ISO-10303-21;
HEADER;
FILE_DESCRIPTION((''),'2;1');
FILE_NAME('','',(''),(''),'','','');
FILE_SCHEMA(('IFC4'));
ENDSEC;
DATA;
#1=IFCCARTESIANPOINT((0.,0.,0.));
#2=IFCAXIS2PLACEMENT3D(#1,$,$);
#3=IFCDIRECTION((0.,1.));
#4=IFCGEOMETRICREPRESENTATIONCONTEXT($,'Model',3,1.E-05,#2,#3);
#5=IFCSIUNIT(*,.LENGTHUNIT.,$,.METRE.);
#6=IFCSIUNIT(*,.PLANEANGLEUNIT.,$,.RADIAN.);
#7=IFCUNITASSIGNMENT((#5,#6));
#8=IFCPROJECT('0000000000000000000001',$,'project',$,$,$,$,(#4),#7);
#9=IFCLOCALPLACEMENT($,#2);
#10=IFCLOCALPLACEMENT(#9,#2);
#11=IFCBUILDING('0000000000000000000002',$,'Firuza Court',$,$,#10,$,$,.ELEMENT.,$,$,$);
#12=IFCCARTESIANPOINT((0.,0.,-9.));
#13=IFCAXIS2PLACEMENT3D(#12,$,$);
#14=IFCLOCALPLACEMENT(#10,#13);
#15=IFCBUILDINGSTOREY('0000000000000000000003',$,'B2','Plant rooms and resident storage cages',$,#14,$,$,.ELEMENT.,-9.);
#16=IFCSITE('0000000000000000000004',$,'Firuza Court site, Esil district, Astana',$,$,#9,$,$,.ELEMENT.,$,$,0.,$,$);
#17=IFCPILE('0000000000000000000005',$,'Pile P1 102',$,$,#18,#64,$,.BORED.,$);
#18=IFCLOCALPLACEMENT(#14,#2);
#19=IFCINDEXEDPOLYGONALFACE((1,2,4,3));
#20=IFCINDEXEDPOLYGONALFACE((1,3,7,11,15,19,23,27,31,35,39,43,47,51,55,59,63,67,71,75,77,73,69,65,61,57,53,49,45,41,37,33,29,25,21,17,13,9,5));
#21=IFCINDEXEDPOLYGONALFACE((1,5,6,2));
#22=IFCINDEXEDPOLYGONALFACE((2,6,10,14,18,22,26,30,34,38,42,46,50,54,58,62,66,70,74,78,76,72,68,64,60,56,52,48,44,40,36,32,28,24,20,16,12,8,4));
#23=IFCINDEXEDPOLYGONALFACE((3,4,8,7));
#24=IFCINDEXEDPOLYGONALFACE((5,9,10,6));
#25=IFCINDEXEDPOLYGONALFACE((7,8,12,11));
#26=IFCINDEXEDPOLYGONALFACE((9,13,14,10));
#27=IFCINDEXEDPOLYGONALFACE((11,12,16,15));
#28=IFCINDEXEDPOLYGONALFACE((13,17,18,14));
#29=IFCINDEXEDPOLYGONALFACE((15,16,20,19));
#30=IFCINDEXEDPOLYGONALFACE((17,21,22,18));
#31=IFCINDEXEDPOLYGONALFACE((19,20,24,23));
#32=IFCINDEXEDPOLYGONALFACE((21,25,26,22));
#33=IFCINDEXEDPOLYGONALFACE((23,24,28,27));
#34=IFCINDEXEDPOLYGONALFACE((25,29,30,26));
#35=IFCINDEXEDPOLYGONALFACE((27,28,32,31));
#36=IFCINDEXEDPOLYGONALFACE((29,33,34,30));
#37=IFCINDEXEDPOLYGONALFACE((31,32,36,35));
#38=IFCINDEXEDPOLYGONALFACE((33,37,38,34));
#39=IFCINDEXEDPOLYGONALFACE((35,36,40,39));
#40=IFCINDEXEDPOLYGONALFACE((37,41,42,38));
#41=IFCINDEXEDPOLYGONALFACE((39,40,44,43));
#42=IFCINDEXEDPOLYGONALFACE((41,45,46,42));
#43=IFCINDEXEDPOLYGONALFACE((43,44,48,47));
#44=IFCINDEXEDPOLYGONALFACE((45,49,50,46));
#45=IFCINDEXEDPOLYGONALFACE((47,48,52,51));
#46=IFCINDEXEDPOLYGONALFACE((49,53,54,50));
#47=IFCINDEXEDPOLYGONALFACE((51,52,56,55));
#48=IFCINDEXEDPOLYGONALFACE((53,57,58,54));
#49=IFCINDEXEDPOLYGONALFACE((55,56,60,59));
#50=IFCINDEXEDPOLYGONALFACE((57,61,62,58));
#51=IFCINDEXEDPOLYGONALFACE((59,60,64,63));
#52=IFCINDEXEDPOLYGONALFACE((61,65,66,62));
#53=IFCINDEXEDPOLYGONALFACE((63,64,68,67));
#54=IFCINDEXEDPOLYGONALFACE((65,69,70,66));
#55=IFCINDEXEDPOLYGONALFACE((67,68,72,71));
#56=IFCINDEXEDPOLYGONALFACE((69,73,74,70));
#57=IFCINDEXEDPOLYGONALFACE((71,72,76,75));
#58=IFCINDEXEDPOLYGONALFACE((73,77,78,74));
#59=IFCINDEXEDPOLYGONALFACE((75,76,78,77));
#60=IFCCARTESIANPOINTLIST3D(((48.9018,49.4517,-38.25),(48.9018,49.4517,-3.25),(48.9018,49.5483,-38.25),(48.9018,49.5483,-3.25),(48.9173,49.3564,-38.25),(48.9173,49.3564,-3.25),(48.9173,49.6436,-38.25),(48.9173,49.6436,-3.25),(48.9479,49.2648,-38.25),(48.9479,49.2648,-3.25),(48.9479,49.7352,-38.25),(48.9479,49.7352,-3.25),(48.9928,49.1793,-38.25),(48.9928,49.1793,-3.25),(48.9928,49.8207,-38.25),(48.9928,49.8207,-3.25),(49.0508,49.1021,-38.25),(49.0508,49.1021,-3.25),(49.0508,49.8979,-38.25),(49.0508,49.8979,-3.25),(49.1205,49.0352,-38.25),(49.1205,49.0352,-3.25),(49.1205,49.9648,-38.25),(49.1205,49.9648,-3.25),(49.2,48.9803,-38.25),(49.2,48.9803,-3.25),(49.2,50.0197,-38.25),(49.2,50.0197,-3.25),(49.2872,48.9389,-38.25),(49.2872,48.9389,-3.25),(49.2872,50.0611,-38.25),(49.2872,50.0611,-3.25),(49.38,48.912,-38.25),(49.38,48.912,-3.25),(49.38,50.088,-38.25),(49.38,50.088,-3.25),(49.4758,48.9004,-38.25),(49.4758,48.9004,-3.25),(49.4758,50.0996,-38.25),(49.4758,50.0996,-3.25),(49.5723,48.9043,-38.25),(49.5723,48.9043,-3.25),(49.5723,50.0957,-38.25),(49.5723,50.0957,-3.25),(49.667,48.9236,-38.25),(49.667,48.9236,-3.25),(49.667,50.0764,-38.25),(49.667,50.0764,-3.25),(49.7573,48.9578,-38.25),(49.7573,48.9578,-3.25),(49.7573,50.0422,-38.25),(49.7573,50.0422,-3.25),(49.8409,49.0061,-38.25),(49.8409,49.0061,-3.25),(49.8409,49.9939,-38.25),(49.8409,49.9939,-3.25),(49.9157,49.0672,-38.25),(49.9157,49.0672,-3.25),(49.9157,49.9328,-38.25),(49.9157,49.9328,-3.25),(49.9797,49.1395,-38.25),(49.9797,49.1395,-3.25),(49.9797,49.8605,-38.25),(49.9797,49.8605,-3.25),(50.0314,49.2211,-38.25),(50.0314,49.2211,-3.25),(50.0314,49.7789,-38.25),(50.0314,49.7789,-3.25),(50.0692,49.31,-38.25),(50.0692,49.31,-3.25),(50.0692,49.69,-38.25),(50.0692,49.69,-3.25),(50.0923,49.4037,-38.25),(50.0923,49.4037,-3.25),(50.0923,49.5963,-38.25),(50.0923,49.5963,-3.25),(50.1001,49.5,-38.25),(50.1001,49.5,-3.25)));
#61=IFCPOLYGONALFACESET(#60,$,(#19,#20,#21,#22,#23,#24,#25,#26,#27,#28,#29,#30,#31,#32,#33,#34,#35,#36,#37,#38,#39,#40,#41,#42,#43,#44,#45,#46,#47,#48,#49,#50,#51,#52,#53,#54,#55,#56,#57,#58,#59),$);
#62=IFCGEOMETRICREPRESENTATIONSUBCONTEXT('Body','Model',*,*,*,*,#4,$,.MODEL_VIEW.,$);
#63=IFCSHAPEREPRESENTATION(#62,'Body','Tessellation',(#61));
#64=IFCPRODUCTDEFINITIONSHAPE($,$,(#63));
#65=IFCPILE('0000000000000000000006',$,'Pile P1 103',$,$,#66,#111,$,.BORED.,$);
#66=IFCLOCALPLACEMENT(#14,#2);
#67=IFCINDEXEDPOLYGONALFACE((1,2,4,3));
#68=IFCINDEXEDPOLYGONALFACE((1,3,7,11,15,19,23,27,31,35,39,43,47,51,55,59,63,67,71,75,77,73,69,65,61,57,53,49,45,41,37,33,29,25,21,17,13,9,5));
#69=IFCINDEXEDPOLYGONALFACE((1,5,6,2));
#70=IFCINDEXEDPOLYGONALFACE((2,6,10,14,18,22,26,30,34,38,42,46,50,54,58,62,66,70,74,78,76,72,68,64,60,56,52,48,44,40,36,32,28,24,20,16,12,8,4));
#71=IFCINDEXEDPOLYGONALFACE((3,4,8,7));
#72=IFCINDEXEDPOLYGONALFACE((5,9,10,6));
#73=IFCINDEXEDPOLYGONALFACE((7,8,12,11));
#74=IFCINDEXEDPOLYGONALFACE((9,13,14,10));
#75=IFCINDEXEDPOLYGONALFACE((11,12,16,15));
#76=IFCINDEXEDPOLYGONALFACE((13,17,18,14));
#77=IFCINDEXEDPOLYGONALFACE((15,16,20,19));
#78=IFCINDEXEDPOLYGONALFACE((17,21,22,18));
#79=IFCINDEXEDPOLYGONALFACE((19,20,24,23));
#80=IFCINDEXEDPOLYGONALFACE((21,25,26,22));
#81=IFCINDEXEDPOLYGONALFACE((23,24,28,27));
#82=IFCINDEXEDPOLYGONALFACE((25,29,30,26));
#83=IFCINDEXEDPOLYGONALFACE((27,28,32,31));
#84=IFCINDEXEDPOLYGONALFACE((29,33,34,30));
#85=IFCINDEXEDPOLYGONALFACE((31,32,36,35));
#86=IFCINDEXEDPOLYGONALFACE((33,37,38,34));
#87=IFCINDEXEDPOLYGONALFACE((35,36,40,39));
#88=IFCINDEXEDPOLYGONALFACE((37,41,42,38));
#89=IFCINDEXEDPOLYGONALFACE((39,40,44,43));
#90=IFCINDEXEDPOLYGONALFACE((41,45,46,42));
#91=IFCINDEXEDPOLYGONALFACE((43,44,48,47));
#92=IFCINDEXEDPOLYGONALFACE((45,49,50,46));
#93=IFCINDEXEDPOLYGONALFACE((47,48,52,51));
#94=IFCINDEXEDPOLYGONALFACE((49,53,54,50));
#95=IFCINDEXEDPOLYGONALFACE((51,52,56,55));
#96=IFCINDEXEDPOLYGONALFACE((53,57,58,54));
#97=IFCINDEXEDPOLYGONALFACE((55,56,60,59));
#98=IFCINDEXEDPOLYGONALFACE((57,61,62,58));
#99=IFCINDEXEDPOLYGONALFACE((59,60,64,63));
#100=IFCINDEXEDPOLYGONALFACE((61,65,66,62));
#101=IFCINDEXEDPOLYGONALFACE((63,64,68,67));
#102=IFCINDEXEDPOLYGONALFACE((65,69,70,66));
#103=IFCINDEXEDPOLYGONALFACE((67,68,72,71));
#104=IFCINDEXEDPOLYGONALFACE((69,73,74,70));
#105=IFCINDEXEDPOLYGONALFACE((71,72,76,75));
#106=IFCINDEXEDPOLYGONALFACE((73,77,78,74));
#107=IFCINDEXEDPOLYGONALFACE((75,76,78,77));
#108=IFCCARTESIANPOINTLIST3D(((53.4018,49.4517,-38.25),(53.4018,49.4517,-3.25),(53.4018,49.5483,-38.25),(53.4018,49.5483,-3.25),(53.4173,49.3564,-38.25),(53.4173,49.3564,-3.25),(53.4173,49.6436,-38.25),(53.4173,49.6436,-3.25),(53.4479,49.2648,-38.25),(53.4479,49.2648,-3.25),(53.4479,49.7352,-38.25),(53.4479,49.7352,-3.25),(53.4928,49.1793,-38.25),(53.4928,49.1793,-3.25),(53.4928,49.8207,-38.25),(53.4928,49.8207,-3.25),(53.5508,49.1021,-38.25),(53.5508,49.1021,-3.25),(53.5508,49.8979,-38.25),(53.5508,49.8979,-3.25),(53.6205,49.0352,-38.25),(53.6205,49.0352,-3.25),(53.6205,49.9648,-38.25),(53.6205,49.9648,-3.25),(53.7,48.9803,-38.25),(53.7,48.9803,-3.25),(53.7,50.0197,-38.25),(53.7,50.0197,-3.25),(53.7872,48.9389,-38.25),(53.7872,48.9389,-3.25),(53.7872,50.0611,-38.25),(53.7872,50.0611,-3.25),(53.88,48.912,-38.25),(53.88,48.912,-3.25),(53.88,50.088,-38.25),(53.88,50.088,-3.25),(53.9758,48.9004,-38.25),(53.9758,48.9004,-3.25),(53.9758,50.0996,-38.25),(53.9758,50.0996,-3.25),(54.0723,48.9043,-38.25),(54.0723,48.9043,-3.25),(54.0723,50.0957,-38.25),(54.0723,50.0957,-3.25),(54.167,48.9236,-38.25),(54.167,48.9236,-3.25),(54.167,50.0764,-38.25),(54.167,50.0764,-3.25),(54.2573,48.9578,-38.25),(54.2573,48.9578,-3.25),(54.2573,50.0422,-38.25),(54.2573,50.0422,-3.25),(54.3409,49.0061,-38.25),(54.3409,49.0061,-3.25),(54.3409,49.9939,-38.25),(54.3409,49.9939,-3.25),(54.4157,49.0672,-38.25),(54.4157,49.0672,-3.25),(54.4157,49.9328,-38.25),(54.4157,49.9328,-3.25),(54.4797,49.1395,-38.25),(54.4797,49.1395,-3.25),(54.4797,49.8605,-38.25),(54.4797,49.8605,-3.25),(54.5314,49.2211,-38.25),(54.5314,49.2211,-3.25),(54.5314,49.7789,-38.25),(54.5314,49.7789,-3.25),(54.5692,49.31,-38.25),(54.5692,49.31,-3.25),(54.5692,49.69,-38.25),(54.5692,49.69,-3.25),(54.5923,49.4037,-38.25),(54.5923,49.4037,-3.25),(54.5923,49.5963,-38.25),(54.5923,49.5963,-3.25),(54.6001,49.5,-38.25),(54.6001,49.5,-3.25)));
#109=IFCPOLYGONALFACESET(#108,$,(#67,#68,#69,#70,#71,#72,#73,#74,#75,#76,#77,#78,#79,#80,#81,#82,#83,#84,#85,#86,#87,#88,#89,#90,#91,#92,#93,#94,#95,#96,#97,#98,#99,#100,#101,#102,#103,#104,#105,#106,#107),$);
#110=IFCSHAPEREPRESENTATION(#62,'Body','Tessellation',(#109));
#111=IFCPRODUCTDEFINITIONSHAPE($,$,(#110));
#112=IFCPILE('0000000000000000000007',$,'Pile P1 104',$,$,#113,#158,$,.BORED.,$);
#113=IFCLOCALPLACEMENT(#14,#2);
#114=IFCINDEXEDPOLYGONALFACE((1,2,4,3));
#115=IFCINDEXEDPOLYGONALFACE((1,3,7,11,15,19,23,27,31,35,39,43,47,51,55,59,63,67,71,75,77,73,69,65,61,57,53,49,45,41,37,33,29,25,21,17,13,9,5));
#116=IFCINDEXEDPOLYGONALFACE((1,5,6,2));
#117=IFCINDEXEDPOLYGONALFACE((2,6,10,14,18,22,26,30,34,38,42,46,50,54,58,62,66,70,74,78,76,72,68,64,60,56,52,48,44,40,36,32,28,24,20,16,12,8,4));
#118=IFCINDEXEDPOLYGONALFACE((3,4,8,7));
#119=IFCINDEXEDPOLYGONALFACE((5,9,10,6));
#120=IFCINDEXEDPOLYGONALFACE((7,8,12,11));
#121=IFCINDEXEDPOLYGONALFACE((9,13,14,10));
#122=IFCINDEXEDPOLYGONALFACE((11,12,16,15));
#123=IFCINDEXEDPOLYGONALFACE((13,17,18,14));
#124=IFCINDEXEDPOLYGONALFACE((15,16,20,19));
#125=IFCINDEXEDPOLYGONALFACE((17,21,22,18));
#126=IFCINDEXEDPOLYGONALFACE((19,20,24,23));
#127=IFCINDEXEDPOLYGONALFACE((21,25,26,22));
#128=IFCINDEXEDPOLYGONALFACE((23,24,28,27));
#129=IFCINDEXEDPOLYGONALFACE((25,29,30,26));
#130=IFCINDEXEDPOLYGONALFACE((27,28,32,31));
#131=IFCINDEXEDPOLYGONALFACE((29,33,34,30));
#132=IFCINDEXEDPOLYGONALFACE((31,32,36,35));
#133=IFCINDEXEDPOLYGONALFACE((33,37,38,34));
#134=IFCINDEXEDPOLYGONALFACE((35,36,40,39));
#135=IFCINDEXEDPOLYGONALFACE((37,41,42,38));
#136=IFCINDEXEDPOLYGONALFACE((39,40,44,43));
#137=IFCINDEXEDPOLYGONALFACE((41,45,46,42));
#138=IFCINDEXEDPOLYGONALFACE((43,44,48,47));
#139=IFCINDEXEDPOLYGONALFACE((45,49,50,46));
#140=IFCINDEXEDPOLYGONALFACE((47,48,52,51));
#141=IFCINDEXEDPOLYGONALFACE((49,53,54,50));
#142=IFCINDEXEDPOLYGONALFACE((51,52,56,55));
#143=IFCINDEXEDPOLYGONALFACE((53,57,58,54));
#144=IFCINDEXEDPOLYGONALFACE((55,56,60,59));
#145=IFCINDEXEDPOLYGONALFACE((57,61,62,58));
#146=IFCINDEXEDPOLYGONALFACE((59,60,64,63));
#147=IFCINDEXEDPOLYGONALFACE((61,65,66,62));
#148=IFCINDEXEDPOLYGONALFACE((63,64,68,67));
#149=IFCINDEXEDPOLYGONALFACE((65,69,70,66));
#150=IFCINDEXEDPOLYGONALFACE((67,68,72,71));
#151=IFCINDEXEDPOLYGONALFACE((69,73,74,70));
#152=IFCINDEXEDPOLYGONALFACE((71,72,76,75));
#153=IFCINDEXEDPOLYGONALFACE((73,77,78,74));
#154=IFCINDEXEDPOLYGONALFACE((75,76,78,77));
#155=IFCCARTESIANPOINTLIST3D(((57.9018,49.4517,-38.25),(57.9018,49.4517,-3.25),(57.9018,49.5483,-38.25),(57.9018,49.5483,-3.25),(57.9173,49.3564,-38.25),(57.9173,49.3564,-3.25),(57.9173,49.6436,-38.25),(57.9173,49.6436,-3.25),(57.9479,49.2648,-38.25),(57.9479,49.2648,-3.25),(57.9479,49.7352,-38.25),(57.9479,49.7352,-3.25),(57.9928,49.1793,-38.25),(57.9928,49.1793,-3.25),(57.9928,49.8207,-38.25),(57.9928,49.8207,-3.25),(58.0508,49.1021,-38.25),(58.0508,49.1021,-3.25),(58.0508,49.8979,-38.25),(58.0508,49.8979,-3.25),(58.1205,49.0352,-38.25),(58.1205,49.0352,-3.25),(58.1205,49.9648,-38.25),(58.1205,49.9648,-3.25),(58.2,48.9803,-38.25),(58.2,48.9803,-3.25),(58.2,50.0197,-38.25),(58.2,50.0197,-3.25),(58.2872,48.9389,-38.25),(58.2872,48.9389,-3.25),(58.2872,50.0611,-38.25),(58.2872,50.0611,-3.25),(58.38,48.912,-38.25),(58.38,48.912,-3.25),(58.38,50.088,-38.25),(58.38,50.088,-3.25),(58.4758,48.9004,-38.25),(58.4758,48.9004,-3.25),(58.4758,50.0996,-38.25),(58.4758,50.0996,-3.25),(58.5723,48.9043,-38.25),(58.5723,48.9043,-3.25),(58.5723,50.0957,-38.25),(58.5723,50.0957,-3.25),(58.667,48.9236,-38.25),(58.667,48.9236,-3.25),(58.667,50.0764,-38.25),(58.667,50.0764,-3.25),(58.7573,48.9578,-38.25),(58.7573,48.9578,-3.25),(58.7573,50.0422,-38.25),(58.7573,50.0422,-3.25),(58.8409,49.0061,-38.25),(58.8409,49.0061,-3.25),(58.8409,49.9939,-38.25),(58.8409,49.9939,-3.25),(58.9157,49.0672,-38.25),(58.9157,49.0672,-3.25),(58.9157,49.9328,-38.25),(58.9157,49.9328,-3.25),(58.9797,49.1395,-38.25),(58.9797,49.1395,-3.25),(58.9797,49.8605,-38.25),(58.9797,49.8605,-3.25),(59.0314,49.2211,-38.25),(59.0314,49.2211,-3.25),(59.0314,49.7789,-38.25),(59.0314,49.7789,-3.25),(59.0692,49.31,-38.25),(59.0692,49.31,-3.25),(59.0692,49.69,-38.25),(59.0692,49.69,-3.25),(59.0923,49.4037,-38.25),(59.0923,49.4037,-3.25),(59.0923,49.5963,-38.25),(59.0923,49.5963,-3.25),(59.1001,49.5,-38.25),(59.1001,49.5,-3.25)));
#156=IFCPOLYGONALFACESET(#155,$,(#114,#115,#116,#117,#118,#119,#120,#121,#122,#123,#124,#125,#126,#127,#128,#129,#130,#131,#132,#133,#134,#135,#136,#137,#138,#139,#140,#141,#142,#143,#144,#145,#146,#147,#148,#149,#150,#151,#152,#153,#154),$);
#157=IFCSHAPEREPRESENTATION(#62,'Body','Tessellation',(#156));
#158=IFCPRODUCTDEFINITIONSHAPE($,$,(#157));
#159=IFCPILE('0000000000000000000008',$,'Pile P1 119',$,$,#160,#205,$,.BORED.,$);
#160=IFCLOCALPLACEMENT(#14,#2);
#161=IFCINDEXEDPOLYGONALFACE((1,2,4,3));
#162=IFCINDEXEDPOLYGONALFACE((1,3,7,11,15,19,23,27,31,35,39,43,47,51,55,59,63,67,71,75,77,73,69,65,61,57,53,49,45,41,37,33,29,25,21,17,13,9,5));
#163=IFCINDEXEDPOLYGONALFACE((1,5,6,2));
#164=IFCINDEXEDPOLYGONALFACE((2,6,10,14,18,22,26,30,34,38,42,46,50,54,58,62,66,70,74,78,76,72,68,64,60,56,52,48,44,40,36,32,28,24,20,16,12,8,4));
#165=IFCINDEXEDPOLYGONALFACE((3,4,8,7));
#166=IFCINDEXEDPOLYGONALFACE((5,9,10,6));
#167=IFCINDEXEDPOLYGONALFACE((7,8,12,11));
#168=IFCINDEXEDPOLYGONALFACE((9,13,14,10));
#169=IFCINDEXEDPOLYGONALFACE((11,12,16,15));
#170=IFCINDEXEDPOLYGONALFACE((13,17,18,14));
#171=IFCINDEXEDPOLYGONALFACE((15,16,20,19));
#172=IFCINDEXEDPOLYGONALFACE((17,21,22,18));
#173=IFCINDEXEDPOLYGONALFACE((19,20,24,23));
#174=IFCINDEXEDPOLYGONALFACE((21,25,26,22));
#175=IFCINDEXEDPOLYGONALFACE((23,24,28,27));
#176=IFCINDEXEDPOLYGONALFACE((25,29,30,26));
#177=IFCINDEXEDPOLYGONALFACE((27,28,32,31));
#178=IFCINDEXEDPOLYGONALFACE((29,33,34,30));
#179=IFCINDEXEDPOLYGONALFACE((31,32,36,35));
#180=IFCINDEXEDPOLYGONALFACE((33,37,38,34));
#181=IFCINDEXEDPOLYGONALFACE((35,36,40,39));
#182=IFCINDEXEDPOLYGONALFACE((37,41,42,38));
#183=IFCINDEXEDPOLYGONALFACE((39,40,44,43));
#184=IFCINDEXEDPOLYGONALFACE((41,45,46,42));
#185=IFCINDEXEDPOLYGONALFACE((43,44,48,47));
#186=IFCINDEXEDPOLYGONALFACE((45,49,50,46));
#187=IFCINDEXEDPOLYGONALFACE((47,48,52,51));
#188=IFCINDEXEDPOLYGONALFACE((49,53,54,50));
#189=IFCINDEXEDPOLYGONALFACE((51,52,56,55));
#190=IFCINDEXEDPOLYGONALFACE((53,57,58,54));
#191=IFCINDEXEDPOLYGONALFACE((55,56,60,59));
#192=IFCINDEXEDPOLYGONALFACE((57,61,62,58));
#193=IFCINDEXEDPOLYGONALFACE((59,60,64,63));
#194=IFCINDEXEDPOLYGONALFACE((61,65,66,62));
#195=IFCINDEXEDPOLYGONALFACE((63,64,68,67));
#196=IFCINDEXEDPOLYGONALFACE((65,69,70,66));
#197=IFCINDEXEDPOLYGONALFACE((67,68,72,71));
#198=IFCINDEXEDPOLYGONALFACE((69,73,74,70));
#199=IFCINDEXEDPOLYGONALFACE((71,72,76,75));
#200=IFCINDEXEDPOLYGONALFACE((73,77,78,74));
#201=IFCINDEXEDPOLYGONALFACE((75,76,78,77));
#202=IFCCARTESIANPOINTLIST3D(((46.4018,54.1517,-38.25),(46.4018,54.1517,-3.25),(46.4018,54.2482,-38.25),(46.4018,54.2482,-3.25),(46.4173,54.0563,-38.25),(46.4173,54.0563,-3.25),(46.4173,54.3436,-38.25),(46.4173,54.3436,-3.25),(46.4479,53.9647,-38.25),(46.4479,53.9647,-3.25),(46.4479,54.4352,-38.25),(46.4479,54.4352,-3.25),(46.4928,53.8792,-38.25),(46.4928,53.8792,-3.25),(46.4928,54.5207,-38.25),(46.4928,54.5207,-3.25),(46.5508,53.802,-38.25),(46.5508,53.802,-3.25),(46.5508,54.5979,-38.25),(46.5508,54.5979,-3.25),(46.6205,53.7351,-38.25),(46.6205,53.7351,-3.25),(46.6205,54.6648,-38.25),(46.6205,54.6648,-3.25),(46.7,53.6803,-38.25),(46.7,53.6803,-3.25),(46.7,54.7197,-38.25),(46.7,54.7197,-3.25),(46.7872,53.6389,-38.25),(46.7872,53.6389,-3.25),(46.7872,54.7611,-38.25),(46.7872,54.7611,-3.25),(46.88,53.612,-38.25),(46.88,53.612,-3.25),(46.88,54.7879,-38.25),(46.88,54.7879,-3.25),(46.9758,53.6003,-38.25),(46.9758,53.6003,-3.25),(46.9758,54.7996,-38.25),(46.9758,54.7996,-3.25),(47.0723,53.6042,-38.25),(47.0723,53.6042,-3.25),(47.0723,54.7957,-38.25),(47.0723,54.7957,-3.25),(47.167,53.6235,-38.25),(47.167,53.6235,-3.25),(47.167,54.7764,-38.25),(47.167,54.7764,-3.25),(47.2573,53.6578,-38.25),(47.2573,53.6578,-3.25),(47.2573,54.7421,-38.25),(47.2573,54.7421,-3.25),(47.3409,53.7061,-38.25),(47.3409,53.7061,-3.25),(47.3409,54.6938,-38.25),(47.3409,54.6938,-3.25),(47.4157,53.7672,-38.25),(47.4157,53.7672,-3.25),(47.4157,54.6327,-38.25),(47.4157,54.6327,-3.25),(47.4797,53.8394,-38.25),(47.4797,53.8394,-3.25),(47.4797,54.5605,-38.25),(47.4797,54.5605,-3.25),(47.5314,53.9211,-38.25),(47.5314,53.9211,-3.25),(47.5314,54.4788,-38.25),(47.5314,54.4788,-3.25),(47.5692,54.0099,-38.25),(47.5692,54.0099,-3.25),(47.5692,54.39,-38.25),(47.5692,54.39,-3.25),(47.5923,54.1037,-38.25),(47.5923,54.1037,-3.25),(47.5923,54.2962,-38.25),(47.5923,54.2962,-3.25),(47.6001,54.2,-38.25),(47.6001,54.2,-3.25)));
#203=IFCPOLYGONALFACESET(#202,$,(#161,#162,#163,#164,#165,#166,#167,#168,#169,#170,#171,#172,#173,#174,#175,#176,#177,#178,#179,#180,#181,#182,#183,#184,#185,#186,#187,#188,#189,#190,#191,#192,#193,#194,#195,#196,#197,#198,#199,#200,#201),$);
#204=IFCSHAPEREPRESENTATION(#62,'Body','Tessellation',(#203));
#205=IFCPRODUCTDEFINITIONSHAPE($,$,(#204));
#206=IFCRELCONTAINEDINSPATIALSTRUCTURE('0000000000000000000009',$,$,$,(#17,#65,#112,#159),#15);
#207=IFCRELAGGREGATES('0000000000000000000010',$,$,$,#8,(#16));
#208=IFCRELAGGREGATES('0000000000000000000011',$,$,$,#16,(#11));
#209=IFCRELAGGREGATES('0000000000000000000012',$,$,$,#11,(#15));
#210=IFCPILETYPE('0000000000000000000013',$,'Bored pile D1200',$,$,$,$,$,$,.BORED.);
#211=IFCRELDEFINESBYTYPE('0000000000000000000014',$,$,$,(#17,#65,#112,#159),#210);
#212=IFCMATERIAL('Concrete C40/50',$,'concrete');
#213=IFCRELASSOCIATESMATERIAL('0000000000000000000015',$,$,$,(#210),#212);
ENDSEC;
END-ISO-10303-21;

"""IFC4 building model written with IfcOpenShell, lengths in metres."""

from ifc_helpers import new_model, si_unit, direction, frame, origin, origin_2d, place, context, subcontext, project, spatial, circle, extrude, material, material_profile, profile_set, type_object, element, save


model = new_model("IFC4")

# Units and contexts
model_context = context("Model", 3, precision=1e-05, world=origin(), true_north=direction((0.0, 1.0)))
body_context = subcontext(model_context, "Body", "Model", "MODEL_VIEW")
ifc_project = project(units=[si_unit("LENGTHUNIT", "METRE"), si_unit("PLANEANGLEUNIT", "RADIAN")], contexts=[model_context])

# Site, building, storey
site_placement = place(None, origin())
site = spatial("IfcSite", under=ifc_project, at=site_placement, Name="Firuza Court site, Esil district, Astana", CompositionType="ELEMENT", RefElevation=0.0)
building_placement = place(site_placement, origin())
building = spatial("IfcBuilding", under=site, at=building_placement, Name="Firuza Court", CompositionType="ELEMENT")
storey_placement = place(building_placement, frame((0.0, 0.0, -9.0)))
storey = spatial("IfcBuildingStorey", under=building, at=storey_placement, Name="B2", Description="Plant rooms and resident storage cages", CompositionType="ELEMENT", Elevation=-9.0)

# Piles
ifc_material_1 = material(Name="Concrete C40/50", Category="concrete")
ifc_material_profile_1 = material_profile(ifc_material_1, circle(Radius=0.6001, at=origin_2d()), Name="Pile D1200")
ifc_profile_set_1 = profile_set([ifc_material_profile_1], Name="Concrete C40/50")
pile_type = type_object("IfcPileType", Name="Bored pile D1200", PredefinedType="BORED", material=ifc_profile_set_1)
for number, where, z_axis, x_axis, name in (
    (1, (49.5, 49.5, -3.25), (0.0, 0.0, -1.0), (1.0, 0.0, 0.0), "Pile P1 102"),
    (2, (54.0, 49.5, -3.25), (0.0, 0.0, -1.0), (1.0, 0.0, 0.0), "Pile P1 103"),
    (3, (58.5, 49.5, -3.25), (0.0, 0.0, -1.0), (1.0, 0.0, 0.0), "Pile P1 104"),
    (4, (47.0, 54.2, -3.25), (0.0, 0.0, -1.0), (1.0, 0.0, 0.0), "Pile P1 119"),
):
    element("IfcPile", number, at=place(storey_placement, frame(where, z_axis=z_axis, x_axis=x_axis)), inside=storey, type_object=pile_type, Name=name, PredefinedType="BORED", context=body_context, shape_type="SweptSolid", body=[
        extrude(circle(Radius=0.6001, at=origin_2d()), origin(), (0.0, 0.0, 1.0), 35.0),
    ])

save(model, "model.ifc")
